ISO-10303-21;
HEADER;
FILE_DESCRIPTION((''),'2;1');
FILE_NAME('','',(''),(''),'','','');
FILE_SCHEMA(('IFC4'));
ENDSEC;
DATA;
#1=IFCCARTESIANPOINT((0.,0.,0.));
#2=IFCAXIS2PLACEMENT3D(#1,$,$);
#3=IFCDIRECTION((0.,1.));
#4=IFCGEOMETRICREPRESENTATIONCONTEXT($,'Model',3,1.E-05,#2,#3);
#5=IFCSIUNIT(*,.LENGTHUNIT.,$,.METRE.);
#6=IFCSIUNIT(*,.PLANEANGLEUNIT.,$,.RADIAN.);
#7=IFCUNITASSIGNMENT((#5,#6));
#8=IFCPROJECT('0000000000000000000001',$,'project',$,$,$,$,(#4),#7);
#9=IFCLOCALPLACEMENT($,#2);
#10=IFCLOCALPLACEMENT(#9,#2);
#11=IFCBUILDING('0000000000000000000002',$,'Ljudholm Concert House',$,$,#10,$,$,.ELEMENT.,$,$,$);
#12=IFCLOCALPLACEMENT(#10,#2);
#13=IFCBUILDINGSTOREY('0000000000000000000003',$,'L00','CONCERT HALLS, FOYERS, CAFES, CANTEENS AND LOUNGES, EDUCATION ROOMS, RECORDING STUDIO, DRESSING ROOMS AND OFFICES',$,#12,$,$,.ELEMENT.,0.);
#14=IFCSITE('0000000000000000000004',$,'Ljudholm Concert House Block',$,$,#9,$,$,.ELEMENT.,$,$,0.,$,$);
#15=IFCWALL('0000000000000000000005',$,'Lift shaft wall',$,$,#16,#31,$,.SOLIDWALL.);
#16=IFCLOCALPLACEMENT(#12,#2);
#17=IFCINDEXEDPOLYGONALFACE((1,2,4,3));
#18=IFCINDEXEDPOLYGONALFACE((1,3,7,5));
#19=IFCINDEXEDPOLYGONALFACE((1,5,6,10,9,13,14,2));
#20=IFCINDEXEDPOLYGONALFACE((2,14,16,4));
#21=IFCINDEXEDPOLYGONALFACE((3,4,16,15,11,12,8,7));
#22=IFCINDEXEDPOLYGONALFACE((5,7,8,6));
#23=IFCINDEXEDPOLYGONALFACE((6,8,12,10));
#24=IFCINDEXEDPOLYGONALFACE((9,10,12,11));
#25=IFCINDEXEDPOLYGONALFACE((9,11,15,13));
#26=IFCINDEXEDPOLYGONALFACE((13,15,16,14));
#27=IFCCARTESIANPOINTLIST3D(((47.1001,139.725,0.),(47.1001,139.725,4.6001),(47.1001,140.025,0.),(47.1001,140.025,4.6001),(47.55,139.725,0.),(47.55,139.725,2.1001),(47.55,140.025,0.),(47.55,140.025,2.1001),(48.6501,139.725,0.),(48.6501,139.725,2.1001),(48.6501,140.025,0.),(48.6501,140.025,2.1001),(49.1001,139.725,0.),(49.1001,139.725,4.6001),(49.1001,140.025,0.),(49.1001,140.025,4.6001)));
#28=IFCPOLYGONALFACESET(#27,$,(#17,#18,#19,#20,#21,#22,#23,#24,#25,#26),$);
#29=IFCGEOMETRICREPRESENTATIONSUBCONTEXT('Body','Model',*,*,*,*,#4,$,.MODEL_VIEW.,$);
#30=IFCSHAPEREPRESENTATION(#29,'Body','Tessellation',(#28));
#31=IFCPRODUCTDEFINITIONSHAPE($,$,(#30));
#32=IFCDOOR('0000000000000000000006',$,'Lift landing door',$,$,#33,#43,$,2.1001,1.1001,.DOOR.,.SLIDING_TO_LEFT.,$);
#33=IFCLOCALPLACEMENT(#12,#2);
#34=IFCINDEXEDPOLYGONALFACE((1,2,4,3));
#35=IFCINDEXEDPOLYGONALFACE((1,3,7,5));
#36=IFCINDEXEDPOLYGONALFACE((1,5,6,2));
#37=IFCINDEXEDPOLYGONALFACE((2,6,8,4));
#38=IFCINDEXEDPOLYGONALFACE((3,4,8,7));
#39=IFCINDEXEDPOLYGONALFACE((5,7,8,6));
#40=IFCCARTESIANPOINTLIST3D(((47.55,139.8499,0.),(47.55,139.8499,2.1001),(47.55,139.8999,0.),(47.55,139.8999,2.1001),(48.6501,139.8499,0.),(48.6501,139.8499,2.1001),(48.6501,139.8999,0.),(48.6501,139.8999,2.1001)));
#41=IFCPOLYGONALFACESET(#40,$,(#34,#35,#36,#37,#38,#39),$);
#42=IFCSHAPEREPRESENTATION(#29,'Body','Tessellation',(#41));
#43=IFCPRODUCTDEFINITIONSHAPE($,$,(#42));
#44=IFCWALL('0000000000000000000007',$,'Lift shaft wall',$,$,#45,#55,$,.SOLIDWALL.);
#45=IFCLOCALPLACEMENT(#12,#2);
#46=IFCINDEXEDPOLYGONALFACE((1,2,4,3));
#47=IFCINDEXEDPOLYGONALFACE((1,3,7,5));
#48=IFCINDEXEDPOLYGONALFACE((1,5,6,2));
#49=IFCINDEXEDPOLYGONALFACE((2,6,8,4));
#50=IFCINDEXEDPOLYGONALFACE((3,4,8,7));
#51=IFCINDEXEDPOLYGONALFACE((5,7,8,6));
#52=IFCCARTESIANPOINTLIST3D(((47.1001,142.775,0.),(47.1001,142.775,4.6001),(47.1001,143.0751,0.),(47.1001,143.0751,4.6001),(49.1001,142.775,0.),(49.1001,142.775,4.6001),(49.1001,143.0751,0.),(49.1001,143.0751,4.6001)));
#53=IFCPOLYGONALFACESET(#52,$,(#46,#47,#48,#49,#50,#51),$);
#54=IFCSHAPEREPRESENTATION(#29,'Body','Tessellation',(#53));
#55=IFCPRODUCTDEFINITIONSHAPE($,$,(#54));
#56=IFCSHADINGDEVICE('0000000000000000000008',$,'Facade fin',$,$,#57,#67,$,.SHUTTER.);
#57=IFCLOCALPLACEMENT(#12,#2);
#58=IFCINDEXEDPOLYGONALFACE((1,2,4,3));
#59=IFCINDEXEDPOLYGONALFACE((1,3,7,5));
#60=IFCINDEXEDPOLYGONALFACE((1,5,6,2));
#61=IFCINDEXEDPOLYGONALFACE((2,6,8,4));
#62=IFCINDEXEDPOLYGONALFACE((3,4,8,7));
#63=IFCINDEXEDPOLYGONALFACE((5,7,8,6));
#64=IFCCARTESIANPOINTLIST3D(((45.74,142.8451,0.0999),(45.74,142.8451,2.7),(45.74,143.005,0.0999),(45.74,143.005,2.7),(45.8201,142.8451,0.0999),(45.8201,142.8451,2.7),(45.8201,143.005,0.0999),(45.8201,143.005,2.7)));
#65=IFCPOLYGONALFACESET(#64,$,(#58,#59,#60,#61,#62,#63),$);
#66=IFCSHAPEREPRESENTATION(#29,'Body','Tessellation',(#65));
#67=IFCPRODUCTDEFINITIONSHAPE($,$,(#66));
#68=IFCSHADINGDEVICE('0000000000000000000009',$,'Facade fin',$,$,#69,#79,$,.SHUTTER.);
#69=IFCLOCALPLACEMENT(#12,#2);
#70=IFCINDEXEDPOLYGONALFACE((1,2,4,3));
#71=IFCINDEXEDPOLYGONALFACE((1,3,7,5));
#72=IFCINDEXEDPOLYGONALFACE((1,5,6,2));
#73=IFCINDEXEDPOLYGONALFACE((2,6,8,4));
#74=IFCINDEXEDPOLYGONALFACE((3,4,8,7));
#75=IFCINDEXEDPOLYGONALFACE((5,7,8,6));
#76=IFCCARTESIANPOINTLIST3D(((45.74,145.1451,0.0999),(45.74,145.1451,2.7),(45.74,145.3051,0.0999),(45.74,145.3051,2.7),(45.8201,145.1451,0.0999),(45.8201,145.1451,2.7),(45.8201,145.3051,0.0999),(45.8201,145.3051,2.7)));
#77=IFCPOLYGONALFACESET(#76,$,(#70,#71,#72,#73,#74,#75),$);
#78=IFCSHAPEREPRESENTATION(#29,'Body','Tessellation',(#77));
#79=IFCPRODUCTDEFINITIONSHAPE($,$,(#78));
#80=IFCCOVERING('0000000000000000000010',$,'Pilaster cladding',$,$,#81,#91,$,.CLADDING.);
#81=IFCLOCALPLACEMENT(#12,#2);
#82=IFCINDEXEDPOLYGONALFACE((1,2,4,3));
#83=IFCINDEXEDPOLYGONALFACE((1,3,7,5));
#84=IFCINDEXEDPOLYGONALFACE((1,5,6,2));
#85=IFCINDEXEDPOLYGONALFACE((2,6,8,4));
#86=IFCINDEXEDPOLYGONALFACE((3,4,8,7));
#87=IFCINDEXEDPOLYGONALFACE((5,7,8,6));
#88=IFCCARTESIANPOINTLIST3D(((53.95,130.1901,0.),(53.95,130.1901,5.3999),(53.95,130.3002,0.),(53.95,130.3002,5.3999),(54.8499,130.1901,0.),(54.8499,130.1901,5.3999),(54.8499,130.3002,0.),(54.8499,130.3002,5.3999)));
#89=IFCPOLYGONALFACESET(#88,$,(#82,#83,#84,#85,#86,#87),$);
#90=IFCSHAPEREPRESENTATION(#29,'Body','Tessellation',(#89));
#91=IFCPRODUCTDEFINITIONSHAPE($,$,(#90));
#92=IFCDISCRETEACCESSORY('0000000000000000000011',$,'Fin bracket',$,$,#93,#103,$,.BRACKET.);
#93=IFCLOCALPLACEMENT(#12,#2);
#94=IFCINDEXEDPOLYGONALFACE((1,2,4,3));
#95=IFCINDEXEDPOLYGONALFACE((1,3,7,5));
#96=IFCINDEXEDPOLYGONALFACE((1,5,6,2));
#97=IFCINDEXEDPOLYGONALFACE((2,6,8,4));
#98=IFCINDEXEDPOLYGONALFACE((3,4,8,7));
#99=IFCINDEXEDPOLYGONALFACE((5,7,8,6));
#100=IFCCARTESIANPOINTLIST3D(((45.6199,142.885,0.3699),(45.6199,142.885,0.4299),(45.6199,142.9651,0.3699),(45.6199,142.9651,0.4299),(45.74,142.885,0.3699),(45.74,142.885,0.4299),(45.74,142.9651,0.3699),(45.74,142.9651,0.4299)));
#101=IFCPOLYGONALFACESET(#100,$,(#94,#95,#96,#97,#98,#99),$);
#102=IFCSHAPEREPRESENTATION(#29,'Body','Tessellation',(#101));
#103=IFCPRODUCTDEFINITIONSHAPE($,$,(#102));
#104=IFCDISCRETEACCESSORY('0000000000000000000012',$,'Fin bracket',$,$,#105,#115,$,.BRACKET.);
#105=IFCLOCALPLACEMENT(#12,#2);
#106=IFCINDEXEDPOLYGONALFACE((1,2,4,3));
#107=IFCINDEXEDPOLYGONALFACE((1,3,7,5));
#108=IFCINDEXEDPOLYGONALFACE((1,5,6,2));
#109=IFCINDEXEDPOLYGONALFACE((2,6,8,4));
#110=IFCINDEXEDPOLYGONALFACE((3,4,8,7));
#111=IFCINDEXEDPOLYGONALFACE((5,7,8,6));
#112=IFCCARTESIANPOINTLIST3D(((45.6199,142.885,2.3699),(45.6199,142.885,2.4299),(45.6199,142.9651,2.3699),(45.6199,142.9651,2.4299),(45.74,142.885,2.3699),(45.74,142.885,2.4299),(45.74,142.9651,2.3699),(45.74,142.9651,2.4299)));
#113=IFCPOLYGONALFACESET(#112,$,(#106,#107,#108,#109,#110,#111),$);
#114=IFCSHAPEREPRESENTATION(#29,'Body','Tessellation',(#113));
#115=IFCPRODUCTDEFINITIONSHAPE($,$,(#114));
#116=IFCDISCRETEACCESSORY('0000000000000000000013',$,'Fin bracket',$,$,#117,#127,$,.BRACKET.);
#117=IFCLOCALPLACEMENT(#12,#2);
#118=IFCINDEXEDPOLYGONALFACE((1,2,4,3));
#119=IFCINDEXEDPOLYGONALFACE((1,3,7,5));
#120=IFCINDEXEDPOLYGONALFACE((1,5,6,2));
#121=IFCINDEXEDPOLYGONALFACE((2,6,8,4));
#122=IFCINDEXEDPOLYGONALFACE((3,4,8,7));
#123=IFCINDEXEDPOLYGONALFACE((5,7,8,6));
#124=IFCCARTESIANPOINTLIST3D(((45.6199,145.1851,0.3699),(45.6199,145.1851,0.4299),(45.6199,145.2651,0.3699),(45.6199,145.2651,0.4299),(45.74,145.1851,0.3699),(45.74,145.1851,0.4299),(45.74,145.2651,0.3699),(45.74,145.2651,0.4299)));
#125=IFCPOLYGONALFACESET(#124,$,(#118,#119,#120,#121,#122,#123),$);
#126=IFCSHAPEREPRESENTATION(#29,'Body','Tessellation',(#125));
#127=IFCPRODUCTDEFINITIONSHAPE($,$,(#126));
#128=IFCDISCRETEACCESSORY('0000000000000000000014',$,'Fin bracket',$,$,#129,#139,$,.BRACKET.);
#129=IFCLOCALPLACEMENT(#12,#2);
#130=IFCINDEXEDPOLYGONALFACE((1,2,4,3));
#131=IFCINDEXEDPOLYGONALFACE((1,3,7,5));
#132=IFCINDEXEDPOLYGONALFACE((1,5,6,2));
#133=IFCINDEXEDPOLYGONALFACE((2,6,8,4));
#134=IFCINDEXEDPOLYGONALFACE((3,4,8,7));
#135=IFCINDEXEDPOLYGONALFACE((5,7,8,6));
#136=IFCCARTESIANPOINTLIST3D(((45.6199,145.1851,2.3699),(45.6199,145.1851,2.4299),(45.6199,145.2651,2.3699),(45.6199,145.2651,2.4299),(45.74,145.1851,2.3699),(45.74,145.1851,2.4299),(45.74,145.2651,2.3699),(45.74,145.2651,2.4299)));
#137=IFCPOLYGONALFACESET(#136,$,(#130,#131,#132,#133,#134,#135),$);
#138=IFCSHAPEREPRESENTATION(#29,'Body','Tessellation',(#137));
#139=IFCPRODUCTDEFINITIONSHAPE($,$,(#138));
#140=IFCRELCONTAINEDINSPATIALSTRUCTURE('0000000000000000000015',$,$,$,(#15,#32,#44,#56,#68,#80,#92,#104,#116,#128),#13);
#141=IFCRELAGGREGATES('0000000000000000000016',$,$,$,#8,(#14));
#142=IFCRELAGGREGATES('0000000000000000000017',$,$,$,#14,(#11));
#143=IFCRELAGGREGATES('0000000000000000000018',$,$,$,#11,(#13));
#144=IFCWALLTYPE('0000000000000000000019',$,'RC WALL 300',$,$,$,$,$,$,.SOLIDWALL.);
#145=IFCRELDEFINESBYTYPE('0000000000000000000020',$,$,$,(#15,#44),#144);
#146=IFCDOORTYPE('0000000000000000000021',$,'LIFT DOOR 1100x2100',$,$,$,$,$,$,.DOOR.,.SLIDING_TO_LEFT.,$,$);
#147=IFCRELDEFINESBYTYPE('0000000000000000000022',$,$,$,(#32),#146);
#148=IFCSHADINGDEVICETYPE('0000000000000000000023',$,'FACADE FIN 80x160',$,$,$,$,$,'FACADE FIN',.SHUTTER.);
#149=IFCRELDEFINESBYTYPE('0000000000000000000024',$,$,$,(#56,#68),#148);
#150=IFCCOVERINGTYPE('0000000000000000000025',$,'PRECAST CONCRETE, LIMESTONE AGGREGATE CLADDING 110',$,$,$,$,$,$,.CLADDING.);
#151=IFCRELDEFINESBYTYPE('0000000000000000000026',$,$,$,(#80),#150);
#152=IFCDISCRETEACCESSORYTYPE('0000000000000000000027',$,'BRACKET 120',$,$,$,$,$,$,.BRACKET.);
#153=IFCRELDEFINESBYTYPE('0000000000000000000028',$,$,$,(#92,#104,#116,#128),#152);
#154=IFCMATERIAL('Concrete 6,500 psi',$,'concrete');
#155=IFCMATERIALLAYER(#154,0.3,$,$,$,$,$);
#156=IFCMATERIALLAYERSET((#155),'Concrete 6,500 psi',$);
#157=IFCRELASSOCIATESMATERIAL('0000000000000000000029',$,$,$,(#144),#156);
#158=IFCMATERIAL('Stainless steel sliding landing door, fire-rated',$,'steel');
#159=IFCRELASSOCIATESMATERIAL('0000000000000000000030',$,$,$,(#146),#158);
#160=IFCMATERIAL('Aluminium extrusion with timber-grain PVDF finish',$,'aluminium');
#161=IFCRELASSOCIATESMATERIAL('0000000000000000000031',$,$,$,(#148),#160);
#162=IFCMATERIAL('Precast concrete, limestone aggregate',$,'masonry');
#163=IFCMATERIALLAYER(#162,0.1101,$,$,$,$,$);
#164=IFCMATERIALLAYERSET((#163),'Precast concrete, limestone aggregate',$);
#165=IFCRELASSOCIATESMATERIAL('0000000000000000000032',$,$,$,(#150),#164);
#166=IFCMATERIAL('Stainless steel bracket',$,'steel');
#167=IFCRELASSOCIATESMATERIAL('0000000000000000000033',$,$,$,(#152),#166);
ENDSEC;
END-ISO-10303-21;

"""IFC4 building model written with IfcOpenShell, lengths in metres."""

from ifc_helpers import new_model, si_unit, direction, frame, frame_2d, origin, origin_2d, place, context, subcontext, project, spatial, rectangle, extrude, material, layer, layer_set, type_object, element, fill, save


model = new_model("IFC4")

# Units and contexts
model_context = context("Model", 3, precision=1e-05, world=origin(), true_north=direction((0.0, 1.0)))
body_context = subcontext(model_context, "Body", "Model", "MODEL_VIEW")
ifc_project = project(units=[si_unit("LENGTHUNIT", "METRE"), si_unit("PLANEANGLEUNIT", "RADIAN")], contexts=[model_context])

# Site, building, storey
site_placement = place(None, origin())
site = spatial("IfcSite", under=ifc_project, at=site_placement, Name="Ljudholm Concert House Block", CompositionType="ELEMENT", RefElevation=0.0)
building_placement = place(site_placement, origin())
building = spatial("IfcBuilding", under=site, at=building_placement, Name="Ljudholm Concert House", CompositionType="ELEMENT")
storey_placement = place(building_placement, origin())
storey = spatial("IfcBuildingStorey", under=building, at=storey_placement, Name="L00", Description="CONCERT HALLS, FOYERS, CAFES, CANTEENS AND LOUNGES, EDUCATION ROOMS, RECORDING STUDIO, DRESSING ROOMS AND OFFICES", CompositionType="ELEMENT", Elevation=0.0)

# Shared definitions
ifc_material_1 = material(Name="Concrete 6,500 psi", Category="concrete")
ifc_layer_1 = layer(ifc_material_1, 0.3)
ifc_layer_set_1 = layer_set([ifc_layer_1], Name="Concrete 6,500 psi")
wall_type_1 = type_object("IfcWallType", Name="RC WALL 300", PredefinedType="SOLIDWALL", material=ifc_layer_set_1)

# Wall, opening, door
wall_1_placement = place(storey_placement, frame((47.1001, 139.875, 0.0), z_axis=(0.0, 0.0, 1.0), x_axis=(1.0, 0.0, 0.0)))
wall_1 = element("IfcWall", 1, at=wall_1_placement, inside=storey, type_object=wall_type_1, Name="Lift shaft wall", PredefinedType="SOLIDWALL", context=body_context, shape_type="SweptSolid", body=[
    extrude(rectangle(XDim=2.0, YDim=0.3, at=frame_2d((1.0, 0.0))), origin(), (0.0, 0.0, 1.0), 4.6001),
])
opening_1_placement = place(wall_1_placement, frame((0.45, 0.0, 0.0)))
opening_1 = element("IfcOpeningElement", 2, at=opening_1_placement, cuts=wall_1, PredefinedType="OPENING", context=body_context, shape_type="SweptSolid", body=[
    extrude(rectangle(XDim=1.1001, YDim=2.1001, at=frame_2d((0.55, 1.05))), frame((0.0, 0.1599, 0.0), z_axis=(0.0, -1.0, 0.0), x_axis=(1.0, 0.0, 0.0)), (0.0, 0.0, 1.0), 0.3201),
])
ifc_material_2 = material(Name="Stainless steel sliding landing door, fire-rated", Category="steel")
door_type_1 = type_object("IfcDoorType", Name="LIFT DOOR 1100x2100", OperationType="SLIDING_TO_LEFT", PredefinedType="DOOR", material=ifc_material_2)
door_1_placement = place(opening_1_placement, origin())
door_1 = element("IfcDoor", 3, at=door_1_placement, inside=storey, type_object=door_type_1, Name="Lift landing door", OperationType="SLIDING_TO_LEFT", OverallHeight=2.1001, OverallWidth=1.1001, PredefinedType="DOOR", context=body_context, shape_type="SweptSolid", body=[
    extrude(rectangle(XDim=1.1001, YDim=2.1001, at=frame_2d((0.55, 1.05))), frame((0.0, 0.0249, 0.0), z_axis=(0.0, -1.0, 0.0), x_axis=(1.0, 0.0, 0.0)), (0.0, 0.0, 1.0), 0.05),
])
fill(opening_1, door_1)

# Wall
wall_2_placement = place(storey_placement, frame((47.1001, 142.925, 0.0), z_axis=(0.0, 0.0, 1.0), x_axis=(1.0, 0.0, 0.0)))
element("IfcWall", 4, at=wall_2_placement, inside=storey, type_object=wall_type_1, Name="Lift shaft wall", PredefinedType="SOLIDWALL", context=body_context, shape_type="SweptSolid", body=[
    extrude(rectangle(XDim=2.0, YDim=0.3, at=frame_2d((1.0, 0.0))), origin(), (0.0, 0.0, 1.0), 4.6001),
])

# Shading devices
ifc_material_3 = material(Name="Aluminium extrusion with timber-grain PVDF finish", Category="aluminium")
shading_device_type = type_object("IfcShadingDeviceType", Name="FACADE FIN 80x160", ElementType="FACADE FIN", PredefinedType="SHUTTER", material=ifc_material_3)
for number, where, z_axis, x_axis, name in (
    (5, (45.78, 142.925, 0.0999), (0.0, 0.0, 1.0), (1.0, 0.0, 0.0), "Facade fin"),
    (6, (45.78, 145.2251, 0.0999), (0.0, 0.0, 1.0), (1.0, 0.0, 0.0), "Facade fin"),
):
    element("IfcShadingDevice", number, at=place(storey_placement, frame(where, z_axis=z_axis, x_axis=x_axis)), inside=storey, type_object=shading_device_type, Name=name, PredefinedType="SHUTTER", context=body_context, shape_type="SweptSolid", body=[
        extrude(rectangle(XDim=0.0801, YDim=0.1599, at=origin_2d()), origin(), (0.0, 0.0, 1.0), 2.6001),
    ])

# Covering
ifc_material_4 = material(Name="Precast concrete, limestone aggregate", Category="masonry")
ifc_layer_2 = layer(ifc_material_4, 0.1101)
ifc_layer_set_2 = layer_set([ifc_layer_2], Name="Precast concrete, limestone aggregate")
covering_type = type_object("IfcCoveringType", Name="PRECAST CONCRETE, LIMESTONE AGGREGATE CLADDING 110", PredefinedType="CLADDING", material=ifc_layer_set_2)
covering_placement = place(storey_placement, frame((54.3999, 130.2451, 0.0), z_axis=(0.0, 0.0, 1.0), x_axis=(0.0, 1.0, 0.0)))
element("IfcCovering", 7, at=covering_placement, inside=storey, type_object=covering_type, Name="Pilaster cladding", PredefinedType="CLADDING", context=body_context, shape_type="SweptSolid", body=[
    extrude(rectangle(XDim=0.1101, YDim=0.8999, at=origin_2d()), origin(), (0.0, 0.0, 1.0), 5.3999),
])

# Discrete accessories
ifc_material_5 = material(Name="Stainless steel bracket", Category="steel")
discrete_accessory_type = type_object("IfcDiscreteAccessoryType", Name="BRACKET 120", PredefinedType="BRACKET", material=ifc_material_5)
for number, where, z_axis, x_axis, name in (
    (8, (45.6799, 142.925, 0.3699), (0.0, 0.0, 1.0), (1.0, 0.0, 0.0), "Fin bracket"),
    (9, (45.6799, 142.925, 2.3699), (0.0, 0.0, 1.0), (1.0, 0.0, 0.0), "Fin bracket"),
    (10, (45.6799, 145.2251, 0.3699), (0.0, 0.0, 1.0), (1.0, 0.0, 0.0), "Fin bracket"),
    (11, (45.6799, 145.2251, 2.3699), (0.0, 0.0, 1.0), (1.0, 0.0, 0.0), "Fin bracket"),
):
    element("IfcDiscreteAccessory", number, at=place(storey_placement, frame(where, z_axis=z_axis, x_axis=x_axis)), inside=storey, type_object=discrete_accessory_type, Name=name, PredefinedType="BRACKET", context=body_context, shape_type="SweptSolid", body=[
        extrude(rectangle(XDim=0.1201, YDim=0.0801, at=origin_2d()), origin(), (0.0, 0.0, 1.0), 0.0601),
    ])

save(model, "model.ifc")
